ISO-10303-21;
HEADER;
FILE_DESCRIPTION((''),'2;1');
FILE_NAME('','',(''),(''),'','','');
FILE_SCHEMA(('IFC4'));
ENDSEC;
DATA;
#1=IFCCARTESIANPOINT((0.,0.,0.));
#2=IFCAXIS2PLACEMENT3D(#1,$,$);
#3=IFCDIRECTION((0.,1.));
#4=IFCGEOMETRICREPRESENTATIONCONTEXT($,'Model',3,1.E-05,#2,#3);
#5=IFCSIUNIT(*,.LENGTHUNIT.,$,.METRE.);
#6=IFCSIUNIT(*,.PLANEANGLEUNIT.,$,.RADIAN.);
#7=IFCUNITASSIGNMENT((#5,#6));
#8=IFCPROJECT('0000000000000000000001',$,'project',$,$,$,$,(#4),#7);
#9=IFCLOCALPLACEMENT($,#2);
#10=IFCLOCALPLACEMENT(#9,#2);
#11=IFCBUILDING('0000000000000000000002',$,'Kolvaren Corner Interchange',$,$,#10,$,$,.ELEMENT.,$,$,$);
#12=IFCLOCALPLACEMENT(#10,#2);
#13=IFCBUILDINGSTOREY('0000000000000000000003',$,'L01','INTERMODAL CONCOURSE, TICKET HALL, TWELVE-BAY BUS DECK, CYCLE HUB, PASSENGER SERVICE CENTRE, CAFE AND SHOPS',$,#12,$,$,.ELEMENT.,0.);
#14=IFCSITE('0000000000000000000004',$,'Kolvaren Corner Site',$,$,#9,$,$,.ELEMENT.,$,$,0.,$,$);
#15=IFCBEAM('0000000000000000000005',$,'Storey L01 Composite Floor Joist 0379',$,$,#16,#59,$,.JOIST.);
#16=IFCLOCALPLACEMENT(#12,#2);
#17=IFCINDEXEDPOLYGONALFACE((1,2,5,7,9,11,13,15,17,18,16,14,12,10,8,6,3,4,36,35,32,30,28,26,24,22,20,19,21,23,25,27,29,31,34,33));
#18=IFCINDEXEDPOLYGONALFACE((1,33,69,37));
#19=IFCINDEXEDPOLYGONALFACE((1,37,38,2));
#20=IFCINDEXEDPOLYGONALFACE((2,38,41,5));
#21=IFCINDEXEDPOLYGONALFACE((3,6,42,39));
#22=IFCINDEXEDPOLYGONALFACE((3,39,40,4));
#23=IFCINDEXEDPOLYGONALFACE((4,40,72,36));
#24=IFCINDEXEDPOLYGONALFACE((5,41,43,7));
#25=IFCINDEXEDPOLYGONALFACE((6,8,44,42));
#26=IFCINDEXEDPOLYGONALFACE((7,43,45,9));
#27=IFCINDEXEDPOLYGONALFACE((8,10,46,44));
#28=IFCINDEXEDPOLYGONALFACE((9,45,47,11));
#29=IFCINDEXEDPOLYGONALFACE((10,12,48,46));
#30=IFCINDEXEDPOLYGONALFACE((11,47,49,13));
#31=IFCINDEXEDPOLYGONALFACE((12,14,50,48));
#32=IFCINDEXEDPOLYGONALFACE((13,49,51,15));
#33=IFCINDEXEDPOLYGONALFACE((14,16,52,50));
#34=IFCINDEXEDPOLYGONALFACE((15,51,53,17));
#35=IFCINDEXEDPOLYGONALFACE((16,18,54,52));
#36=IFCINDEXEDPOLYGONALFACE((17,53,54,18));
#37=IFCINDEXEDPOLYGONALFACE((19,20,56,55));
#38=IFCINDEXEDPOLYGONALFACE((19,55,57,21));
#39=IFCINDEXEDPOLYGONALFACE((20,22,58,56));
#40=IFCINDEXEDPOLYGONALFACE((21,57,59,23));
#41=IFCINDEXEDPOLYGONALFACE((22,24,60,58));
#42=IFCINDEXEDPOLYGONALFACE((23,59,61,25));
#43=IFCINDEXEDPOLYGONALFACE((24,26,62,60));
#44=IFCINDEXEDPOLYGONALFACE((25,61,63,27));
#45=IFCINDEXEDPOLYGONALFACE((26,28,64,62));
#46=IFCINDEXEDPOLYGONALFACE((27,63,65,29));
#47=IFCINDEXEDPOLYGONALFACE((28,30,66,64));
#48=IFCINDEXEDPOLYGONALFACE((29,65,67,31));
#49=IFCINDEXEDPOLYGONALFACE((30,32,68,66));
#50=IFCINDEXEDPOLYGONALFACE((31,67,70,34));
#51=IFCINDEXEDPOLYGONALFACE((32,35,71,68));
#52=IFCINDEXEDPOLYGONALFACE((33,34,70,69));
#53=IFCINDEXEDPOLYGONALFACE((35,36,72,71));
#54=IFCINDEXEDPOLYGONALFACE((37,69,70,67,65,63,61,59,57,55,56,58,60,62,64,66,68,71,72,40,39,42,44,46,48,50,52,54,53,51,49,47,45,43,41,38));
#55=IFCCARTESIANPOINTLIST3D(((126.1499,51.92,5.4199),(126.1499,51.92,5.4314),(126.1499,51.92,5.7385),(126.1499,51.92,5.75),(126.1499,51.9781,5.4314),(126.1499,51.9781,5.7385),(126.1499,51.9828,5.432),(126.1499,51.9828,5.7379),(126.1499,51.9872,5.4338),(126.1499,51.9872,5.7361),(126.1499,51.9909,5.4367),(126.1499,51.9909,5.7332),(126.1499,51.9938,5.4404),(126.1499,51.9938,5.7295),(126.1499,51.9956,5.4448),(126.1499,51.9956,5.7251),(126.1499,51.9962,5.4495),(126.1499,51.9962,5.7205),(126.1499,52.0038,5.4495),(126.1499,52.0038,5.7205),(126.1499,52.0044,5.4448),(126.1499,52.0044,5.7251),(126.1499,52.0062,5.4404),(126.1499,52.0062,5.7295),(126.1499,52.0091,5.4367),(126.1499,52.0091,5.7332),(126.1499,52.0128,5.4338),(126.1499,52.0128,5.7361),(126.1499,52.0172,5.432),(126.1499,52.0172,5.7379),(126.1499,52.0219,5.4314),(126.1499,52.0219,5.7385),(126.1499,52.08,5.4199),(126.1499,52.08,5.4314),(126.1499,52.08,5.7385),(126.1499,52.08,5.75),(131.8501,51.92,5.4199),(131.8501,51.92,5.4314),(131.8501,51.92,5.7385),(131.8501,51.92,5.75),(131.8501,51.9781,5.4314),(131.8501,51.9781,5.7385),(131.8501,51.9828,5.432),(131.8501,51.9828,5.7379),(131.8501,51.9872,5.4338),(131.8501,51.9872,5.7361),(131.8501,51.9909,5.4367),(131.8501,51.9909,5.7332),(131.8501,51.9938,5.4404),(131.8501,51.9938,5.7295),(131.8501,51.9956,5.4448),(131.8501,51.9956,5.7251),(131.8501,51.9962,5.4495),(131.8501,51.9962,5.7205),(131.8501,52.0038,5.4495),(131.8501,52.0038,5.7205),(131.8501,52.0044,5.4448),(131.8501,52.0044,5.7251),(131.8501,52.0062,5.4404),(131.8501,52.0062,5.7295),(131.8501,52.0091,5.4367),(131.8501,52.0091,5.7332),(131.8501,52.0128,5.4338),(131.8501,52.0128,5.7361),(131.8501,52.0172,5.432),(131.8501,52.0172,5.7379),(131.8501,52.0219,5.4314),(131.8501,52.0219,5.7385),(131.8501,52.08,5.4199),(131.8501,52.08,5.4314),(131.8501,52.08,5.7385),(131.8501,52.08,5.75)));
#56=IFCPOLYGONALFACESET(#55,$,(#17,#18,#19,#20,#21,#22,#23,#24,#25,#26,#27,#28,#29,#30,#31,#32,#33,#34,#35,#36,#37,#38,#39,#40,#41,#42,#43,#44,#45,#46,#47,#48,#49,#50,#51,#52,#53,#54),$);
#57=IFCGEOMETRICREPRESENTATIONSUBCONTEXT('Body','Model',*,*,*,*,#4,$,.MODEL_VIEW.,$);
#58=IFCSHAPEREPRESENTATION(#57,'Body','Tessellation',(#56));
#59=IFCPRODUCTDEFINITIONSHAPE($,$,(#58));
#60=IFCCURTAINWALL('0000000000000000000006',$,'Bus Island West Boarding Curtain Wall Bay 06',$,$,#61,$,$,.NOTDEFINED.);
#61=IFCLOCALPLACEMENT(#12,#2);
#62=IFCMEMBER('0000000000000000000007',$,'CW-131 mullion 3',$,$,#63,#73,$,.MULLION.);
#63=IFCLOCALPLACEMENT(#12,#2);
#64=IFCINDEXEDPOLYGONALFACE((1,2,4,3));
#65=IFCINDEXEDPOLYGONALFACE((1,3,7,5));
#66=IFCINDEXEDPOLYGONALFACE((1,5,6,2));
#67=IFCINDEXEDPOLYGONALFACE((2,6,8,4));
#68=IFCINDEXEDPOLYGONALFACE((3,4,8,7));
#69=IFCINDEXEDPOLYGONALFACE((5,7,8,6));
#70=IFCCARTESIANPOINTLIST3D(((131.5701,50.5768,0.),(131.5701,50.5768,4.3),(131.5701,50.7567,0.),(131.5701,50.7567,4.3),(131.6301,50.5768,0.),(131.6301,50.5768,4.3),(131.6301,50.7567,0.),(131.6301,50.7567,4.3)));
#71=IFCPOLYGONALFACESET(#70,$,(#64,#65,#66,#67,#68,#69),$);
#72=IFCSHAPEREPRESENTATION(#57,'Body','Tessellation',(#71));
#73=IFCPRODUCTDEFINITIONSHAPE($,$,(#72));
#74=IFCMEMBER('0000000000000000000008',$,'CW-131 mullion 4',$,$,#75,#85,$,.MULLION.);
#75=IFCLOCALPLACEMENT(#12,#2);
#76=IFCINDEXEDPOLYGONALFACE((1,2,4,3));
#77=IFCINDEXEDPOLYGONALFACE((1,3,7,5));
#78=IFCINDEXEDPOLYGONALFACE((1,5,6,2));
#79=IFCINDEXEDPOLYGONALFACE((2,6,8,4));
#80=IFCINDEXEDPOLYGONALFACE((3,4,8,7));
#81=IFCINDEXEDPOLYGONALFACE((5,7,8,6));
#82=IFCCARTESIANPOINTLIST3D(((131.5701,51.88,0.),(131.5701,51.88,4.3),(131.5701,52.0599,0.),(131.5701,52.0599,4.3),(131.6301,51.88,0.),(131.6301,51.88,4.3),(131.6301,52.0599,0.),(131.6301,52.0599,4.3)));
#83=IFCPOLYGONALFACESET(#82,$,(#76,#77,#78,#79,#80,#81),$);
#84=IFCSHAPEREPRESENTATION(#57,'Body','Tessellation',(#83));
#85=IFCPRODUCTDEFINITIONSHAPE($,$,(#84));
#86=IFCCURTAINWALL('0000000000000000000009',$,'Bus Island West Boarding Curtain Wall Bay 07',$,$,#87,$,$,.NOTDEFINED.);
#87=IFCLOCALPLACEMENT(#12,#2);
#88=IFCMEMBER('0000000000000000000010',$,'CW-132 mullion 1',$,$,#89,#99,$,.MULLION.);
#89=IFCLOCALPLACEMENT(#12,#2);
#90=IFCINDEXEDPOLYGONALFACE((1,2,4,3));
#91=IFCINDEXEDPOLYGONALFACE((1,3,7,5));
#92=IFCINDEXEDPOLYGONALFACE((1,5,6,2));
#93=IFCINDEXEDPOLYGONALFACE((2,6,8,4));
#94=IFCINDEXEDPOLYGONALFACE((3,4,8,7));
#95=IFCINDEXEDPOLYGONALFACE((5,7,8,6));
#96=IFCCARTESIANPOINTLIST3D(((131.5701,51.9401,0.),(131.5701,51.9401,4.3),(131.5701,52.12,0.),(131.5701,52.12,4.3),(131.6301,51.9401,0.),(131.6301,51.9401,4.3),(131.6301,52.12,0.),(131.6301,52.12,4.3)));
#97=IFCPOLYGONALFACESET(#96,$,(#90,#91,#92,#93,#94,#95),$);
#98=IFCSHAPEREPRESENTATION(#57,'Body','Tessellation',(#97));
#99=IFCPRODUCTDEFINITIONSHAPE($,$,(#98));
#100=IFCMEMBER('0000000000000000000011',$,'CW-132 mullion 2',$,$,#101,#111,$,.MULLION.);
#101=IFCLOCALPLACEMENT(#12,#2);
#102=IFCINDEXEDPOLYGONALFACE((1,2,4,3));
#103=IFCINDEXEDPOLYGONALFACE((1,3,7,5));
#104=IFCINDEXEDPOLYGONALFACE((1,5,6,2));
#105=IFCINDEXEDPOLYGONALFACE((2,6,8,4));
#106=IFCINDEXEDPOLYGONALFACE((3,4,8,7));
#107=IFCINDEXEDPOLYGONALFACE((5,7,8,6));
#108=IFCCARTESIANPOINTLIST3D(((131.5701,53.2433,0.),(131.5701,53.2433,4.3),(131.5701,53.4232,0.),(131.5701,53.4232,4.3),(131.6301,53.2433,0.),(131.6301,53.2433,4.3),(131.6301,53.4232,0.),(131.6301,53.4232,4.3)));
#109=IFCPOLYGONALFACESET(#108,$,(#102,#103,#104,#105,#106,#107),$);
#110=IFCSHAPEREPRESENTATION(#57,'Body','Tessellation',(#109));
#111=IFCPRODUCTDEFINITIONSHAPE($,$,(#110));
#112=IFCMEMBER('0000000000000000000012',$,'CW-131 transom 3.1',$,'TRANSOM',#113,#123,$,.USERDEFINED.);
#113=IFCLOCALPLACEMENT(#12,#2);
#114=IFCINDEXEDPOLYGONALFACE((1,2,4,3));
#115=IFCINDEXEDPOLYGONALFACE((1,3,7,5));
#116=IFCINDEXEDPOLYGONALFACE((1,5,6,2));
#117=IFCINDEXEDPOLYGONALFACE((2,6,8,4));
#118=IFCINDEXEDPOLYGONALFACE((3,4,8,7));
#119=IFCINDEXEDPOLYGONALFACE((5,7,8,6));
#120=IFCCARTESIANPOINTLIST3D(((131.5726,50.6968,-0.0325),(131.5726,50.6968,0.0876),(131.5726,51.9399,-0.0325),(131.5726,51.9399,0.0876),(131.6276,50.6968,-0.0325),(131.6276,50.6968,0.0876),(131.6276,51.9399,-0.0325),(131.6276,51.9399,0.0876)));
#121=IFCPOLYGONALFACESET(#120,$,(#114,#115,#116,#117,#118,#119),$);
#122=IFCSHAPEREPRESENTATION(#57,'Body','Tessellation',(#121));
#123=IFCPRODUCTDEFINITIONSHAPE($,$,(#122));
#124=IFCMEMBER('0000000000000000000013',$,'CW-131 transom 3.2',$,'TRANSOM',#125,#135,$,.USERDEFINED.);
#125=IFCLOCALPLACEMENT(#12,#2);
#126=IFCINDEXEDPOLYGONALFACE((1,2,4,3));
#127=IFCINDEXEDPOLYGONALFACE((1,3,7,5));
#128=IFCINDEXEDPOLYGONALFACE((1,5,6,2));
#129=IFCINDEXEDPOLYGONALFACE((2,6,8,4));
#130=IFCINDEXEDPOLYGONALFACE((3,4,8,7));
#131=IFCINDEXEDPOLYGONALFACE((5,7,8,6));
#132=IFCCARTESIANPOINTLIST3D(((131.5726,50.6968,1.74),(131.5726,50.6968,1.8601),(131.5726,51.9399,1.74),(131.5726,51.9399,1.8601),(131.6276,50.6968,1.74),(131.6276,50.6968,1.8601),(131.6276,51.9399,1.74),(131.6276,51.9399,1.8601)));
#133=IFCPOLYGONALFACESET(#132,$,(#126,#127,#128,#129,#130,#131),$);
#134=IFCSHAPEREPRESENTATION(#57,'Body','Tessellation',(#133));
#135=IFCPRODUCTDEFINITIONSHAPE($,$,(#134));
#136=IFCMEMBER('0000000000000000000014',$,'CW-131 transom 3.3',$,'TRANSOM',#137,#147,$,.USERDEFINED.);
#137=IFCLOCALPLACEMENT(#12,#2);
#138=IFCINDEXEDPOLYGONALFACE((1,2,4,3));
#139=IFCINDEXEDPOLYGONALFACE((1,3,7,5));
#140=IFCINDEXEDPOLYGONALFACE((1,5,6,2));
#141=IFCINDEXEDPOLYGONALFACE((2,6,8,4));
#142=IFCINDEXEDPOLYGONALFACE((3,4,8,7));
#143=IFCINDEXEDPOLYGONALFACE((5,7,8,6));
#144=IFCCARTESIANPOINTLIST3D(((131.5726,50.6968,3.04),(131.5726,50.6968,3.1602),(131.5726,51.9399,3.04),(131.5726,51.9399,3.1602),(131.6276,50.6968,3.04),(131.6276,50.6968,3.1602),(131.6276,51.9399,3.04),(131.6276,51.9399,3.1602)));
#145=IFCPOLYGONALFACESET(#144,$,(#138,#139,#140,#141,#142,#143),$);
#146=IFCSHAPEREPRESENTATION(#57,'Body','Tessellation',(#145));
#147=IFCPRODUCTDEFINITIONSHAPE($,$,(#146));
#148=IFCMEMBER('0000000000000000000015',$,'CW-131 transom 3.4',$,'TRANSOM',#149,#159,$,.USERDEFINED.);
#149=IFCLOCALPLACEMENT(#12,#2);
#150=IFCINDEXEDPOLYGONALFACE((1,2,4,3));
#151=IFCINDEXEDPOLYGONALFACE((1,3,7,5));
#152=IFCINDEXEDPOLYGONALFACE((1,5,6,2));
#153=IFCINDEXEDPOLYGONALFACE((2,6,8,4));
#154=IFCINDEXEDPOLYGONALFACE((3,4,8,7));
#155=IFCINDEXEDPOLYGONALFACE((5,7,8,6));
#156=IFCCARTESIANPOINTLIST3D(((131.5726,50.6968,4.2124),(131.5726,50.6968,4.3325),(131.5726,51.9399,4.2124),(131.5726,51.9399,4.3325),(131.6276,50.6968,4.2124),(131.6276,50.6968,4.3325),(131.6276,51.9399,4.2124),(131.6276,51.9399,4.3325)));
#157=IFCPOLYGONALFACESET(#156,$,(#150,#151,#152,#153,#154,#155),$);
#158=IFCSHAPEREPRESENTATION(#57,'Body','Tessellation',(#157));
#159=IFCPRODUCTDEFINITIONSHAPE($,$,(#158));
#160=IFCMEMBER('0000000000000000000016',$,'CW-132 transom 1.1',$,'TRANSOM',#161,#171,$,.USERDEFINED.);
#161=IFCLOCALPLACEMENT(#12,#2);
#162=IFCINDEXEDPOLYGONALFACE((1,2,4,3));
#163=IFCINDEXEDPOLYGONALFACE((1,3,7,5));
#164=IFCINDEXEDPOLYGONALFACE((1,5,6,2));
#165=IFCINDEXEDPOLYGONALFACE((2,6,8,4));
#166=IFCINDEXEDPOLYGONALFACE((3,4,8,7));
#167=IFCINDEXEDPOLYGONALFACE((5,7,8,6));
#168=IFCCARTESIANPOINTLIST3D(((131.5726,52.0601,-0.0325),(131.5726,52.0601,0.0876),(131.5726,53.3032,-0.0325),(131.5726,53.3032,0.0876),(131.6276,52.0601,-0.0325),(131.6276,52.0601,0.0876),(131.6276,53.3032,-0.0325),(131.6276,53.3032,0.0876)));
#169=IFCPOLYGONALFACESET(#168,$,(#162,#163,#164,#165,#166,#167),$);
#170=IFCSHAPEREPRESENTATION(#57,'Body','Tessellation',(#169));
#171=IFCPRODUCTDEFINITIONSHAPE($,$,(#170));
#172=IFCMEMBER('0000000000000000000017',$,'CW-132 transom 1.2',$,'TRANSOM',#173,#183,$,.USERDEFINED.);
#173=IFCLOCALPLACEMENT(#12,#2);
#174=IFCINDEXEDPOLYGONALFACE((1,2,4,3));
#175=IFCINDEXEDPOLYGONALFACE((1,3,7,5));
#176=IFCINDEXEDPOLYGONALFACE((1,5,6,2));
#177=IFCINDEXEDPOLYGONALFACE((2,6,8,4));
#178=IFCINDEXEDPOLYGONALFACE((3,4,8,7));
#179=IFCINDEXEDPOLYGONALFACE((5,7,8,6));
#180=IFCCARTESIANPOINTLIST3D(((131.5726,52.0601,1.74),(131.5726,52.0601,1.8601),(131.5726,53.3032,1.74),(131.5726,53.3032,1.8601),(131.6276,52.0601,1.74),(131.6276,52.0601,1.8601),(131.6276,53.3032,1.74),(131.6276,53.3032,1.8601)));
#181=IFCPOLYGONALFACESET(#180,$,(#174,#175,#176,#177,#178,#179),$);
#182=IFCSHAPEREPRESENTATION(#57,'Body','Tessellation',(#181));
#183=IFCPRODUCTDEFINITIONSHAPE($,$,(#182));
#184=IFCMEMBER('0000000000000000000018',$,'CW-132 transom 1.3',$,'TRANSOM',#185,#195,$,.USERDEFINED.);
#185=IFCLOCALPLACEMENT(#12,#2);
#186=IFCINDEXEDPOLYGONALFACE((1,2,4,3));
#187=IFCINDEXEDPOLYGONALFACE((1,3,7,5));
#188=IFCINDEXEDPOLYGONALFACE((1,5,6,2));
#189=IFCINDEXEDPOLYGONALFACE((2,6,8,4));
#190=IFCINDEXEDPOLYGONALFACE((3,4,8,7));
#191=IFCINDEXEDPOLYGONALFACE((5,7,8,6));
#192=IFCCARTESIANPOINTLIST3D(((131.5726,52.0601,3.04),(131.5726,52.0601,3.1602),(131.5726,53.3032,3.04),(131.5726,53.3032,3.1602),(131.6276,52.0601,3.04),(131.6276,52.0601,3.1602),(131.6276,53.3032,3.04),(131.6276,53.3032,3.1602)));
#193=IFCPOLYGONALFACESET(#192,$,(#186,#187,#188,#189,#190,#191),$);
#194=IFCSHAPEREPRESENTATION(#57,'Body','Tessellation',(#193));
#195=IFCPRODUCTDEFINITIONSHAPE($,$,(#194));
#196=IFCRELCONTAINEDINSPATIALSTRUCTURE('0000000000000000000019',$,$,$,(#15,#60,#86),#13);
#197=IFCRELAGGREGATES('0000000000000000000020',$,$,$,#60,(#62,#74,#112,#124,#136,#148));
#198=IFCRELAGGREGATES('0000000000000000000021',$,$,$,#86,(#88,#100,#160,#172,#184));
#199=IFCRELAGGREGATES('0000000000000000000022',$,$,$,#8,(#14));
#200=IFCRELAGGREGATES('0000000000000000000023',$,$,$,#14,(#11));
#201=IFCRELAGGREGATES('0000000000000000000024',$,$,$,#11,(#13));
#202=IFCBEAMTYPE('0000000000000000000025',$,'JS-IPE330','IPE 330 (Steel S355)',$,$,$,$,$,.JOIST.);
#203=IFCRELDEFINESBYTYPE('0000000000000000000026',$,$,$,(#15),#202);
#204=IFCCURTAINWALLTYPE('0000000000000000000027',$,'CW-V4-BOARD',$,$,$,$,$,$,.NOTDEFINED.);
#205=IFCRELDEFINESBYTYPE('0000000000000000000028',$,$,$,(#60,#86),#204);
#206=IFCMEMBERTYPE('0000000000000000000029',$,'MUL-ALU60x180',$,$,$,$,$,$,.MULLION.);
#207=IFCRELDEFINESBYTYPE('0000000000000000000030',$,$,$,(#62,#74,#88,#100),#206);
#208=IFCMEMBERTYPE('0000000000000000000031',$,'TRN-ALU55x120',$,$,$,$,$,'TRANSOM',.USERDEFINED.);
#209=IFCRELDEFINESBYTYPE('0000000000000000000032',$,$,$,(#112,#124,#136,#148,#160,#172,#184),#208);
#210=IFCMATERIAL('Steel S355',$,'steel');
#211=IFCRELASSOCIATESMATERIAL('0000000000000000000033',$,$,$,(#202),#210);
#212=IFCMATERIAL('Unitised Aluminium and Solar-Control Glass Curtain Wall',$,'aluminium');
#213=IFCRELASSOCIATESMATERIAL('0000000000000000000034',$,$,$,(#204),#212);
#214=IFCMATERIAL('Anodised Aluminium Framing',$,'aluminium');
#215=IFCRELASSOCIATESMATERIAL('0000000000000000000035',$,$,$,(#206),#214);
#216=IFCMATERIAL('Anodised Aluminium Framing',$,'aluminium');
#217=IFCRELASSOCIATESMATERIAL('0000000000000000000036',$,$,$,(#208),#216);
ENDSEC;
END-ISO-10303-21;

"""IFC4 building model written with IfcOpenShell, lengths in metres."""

from ifc_helpers import new_model, si_unit, direction, frame, origin, origin_2d, place, context, subcontext, project, spatial, rectangle, i_section, extrude, material, material_profile, profile_set, type_object, element, aggregate, save


model = new_model("IFC4")

# Units and contexts
model_context = context("Model", 3, precision=1e-05, world=origin(), true_north=direction((0.0, 1.0)))
body_context = subcontext(model_context, "Body", "Model", "MODEL_VIEW")
ifc_project = project(units=[si_unit("LENGTHUNIT", "METRE"), si_unit("PLANEANGLEUNIT", "RADIAN")], contexts=[model_context])

# Site, building, storey
site_placement = place(None, origin())
site = spatial("IfcSite", under=ifc_project, at=site_placement, Name="Kolvaren Corner Site", CompositionType="ELEMENT", RefElevation=0.0)
building_placement = place(site_placement, origin())
building = spatial("IfcBuilding", under=site, at=building_placement, Name="Kolvaren Corner Interchange", CompositionType="ELEMENT")
storey_placement = place(building_placement, origin())
storey = spatial("IfcBuildingStorey", under=building, at=storey_placement, Name="L01", Description="INTERMODAL CONCOURSE, TICKET HALL, TWELVE-BAY BUS DECK, CYCLE HUB, PASSENGER SERVICE CENTRE, CAFE AND SHOPS", CompositionType="ELEMENT", Elevation=0.0)

# Beam
ifc_material_1 = material(Name="Steel S355", Category="steel")
ifc_material_profile_1 = material_profile(ifc_material_1, i_section(OverallWidth=0.1599, OverallDepth=0.3301, WebThickness=0.0076, FlangeThickness=0.0115, FilletRadius=0.0181, at=origin_2d()), Name="IPE 330")
ifc_profile_set_1 = profile_set([ifc_material_profile_1], Name="Steel S355")
beam_type = type_object("IfcBeamType", Name="JS-IPE330", Description="IPE 330 (Steel S355)", PredefinedType="JOIST", material=ifc_profile_set_1)
beam_placement = place(storey_placement, frame((126.1499, 52.0, 5.585), z_axis=(1.0, 0.0, 0.0), x_axis=(0.0, 1.0, 0.0)))
element("IfcBeam", 1, at=beam_placement, inside=storey, type_object=beam_type, Name="Storey L01 Composite Floor Joist 0379", PredefinedType="JOIST", context=body_context, shape_type="SweptSolid", body=[
    extrude(i_section(OverallWidth=0.1599, OverallDepth=0.3301, WebThickness=0.0076, FlangeThickness=0.0115, FilletRadius=0.0181, at=origin_2d()), origin(), (0.0, 0.0, 1.0), 5.7002),
])

# Curtain walls, members
ifc_material_2 = material(Name="Unitised Aluminium and Solar-Control Glass Curtain Wall", Category="aluminium")
curtain_wall_type = type_object("IfcCurtainWallType", Name="CW-V4-BOARD", PredefinedType="NOTDEFINED", material=ifc_material_2)
curtain_wall_1_placement = place(storey_placement, origin())
curtain_wall_1 = element("IfcCurtainWall", 2, at=curtain_wall_1_placement, inside=storey, type_object=curtain_wall_type, Name="Bus Island West Boarding Curtain Wall Bay 06", PredefinedType="NOTDEFINED")
ifc_material_3 = material(Name="Anodised Aluminium Framing", Category="aluminium")
ifc_material_profile_2 = material_profile(ifc_material_3, rectangle(XDim=0.0601, YDim=0.1799, at=origin_2d()), Name="ALU 60x180")
ifc_profile_set_2 = profile_set([ifc_material_profile_2], Name="Anodised Aluminium Framing")
member_type_1 = type_object("IfcMemberType", Name="MUL-ALU60x180", PredefinedType="MULLION", material=ifc_profile_set_2)
member_1_placement = place(storey_placement, frame((131.6001, 50.6667, 0.0), z_axis=(0.0, 0.0, 1.0), x_axis=(-1.0, 0.0, 0.0)))
member_1 = element("IfcMember", 3, at=member_1_placement, type_object=member_type_1, Name="CW-131 mullion 3", PredefinedType="MULLION", context=body_context, shape_type="SweptSolid", body=[
    extrude(rectangle(XDim=0.0601, YDim=0.1799, at=origin_2d()), origin(), (0.0, 0.0, 1.0), 4.3),
])
member_2_placement = place(storey_placement, frame((131.6001, 51.97, 0.0), z_axis=(0.0, 0.0, 1.0), x_axis=(-1.0, 0.0, 0.0)))
member_2 = element("IfcMember", 4, at=member_2_placement, type_object=member_type_1, Name="CW-131 mullion 4", PredefinedType="MULLION", context=body_context, shape_type="SweptSolid", body=[
    extrude(rectangle(XDim=0.0601, YDim=0.1799, at=origin_2d()), origin(), (0.0, 0.0, 1.0), 4.3),
])
curtain_wall_2_placement = place(storey_placement, origin())
curtain_wall_2 = element("IfcCurtainWall", 5, at=curtain_wall_2_placement, inside=storey, type_object=curtain_wall_type, Name="Bus Island West Boarding Curtain Wall Bay 07", PredefinedType="NOTDEFINED")
member_3_placement = place(storey_placement, frame((131.6001, 52.03, 0.0), z_axis=(0.0, 0.0, 1.0), x_axis=(-1.0, 0.0, 0.0)))
member_3 = element("IfcMember", 6, at=member_3_placement, type_object=member_type_1, Name="CW-132 mullion 1", PredefinedType="MULLION", context=body_context, shape_type="SweptSolid", body=[
    extrude(rectangle(XDim=0.0601, YDim=0.1799, at=origin_2d()), origin(), (0.0, 0.0, 1.0), 4.3),
])
member_4_placement = place(storey_placement, frame((131.6001, 53.3333, 0.0), z_axis=(0.0, 0.0, 1.0), x_axis=(-1.0, 0.0, 0.0)))
member_4 = element("IfcMember", 7, at=member_4_placement, type_object=member_type_1, Name="CW-132 mullion 2", PredefinedType="MULLION", context=body_context, shape_type="SweptSolid", body=[
    extrude(rectangle(XDim=0.0601, YDim=0.1799, at=origin_2d()), origin(), (0.0, 0.0, 1.0), 4.3),
])

# Members
ifc_material_4 = material(Name="Anodised Aluminium Framing", Category="aluminium")
ifc_material_profile_3 = material_profile(ifc_material_4, rectangle(XDim=0.0549, YDim=0.1201, at=origin_2d()), Name="ALU 55x120")
ifc_profile_set_3 = profile_set([ifc_material_profile_3], Name="Anodised Aluminium Framing")
member_type_2 = type_object("IfcMemberType", Name="TRN-ALU55x120", ElementType="TRANSOM", PredefinedType="USERDEFINED", material=ifc_profile_set_3)
member_5_placement = place(storey_placement, frame((131.6001, 50.6968, 0.0276), z_axis=(0.0, 1.0, 0.0), x_axis=(-1.0, 0.0, 0.0)))
member_5 = element("IfcMember", 8, at=member_5_placement, type_object=member_type_2, Name="CW-131 transom 3.1", ObjectType="TRANSOM", PredefinedType="USERDEFINED", context=body_context, shape_type="SweptSolid", body=[
    extrude(rectangle(XDim=0.0549, YDim=0.1201, at=origin_2d()), origin(), (0.0, 0.0, 1.0), 1.2432),
])
member_6_placement = place(storey_placement, frame((131.6001, 50.6968, 1.8), z_axis=(0.0, 1.0, 0.0), x_axis=(-1.0, 0.0, 0.0)))
member_6 = element("IfcMember", 9, at=member_6_placement, type_object=member_type_2, Name="CW-131 transom 3.2", ObjectType="TRANSOM", PredefinedType="USERDEFINED", context=body_context, shape_type="SweptSolid", body=[
    extrude(rectangle(XDim=0.0549, YDim=0.1201, at=origin_2d()), origin(), (0.0, 0.0, 1.0), 1.2432),
])
member_7_placement = place(storey_placement, frame((131.6001, 50.6968, 3.1001), z_axis=(0.0, 1.0, 0.0), x_axis=(-1.0, 0.0, 0.0)))
member_7 = element("IfcMember", 10, at=member_7_placement, type_object=member_type_2, Name="CW-131 transom 3.3", ObjectType="TRANSOM", PredefinedType="USERDEFINED", context=body_context, shape_type="SweptSolid", body=[
    extrude(rectangle(XDim=0.0549, YDim=0.1201, at=origin_2d()), origin(), (0.0, 0.0, 1.0), 1.2432),
])
member_8_placement = place(storey_placement, frame((131.6001, 50.6968, 4.2725), z_axis=(0.0, 1.0, 0.0), x_axis=(-1.0, 0.0, 0.0)))
member_8 = element("IfcMember", 11, at=member_8_placement, type_object=member_type_2, Name="CW-131 transom 3.4", ObjectType="TRANSOM", PredefinedType="USERDEFINED", context=body_context, shape_type="SweptSolid", body=[
    extrude(rectangle(XDim=0.0549, YDim=0.1201, at=origin_2d()), origin(), (0.0, 0.0, 1.0), 1.2432),
])
member_9_placement = place(storey_placement, frame((131.6001, 52.0601, 0.0276), z_axis=(0.0, 1.0, 0.0), x_axis=(-1.0, 0.0, 0.0)))
member_9 = element("IfcMember", 12, at=member_9_placement, type_object=member_type_2, Name="CW-132 transom 1.1", ObjectType="TRANSOM", PredefinedType="USERDEFINED", context=body_context, shape_type="SweptSolid", body=[
    extrude(rectangle(XDim=0.0549, YDim=0.1201, at=origin_2d()), origin(), (0.0, 0.0, 1.0), 1.2432),
])
member_10_placement = place(storey_placement, frame((131.6001, 52.0601, 1.8), z_axis=(0.0, 1.0, 0.0), x_axis=(-1.0, 0.0, 0.0)))
member_10 = element("IfcMember", 13, at=member_10_placement, type_object=member_type_2, Name="CW-132 transom 1.2", ObjectType="TRANSOM", PredefinedType="USERDEFINED", context=body_context, shape_type="SweptSolid", body=[
    extrude(rectangle(XDim=0.0549, YDim=0.1201, at=origin_2d()), origin(), (0.0, 0.0, 1.0), 1.2432),
])
member_11_placement = place(storey_placement, frame((131.6001, 52.0601, 3.1001), z_axis=(0.0, 1.0, 0.0), x_axis=(-1.0, 0.0, 0.0)))
member_11 = element("IfcMember", 14, at=member_11_placement, type_object=member_type_2, Name="CW-132 transom 1.3", ObjectType="TRANSOM", PredefinedType="USERDEFINED", context=body_context, shape_type="SweptSolid", body=[
    extrude(rectangle(XDim=0.0549, YDim=0.1201, at=origin_2d()), origin(), (0.0, 0.0, 1.0), 1.2432),
])

aggregate(curtain_wall_1, [member_1, member_2, member_5, member_6, member_7, member_8])
aggregate(curtain_wall_2, [member_3, member_4, member_9, member_10, member_11])

save(model, "model.ifc")
